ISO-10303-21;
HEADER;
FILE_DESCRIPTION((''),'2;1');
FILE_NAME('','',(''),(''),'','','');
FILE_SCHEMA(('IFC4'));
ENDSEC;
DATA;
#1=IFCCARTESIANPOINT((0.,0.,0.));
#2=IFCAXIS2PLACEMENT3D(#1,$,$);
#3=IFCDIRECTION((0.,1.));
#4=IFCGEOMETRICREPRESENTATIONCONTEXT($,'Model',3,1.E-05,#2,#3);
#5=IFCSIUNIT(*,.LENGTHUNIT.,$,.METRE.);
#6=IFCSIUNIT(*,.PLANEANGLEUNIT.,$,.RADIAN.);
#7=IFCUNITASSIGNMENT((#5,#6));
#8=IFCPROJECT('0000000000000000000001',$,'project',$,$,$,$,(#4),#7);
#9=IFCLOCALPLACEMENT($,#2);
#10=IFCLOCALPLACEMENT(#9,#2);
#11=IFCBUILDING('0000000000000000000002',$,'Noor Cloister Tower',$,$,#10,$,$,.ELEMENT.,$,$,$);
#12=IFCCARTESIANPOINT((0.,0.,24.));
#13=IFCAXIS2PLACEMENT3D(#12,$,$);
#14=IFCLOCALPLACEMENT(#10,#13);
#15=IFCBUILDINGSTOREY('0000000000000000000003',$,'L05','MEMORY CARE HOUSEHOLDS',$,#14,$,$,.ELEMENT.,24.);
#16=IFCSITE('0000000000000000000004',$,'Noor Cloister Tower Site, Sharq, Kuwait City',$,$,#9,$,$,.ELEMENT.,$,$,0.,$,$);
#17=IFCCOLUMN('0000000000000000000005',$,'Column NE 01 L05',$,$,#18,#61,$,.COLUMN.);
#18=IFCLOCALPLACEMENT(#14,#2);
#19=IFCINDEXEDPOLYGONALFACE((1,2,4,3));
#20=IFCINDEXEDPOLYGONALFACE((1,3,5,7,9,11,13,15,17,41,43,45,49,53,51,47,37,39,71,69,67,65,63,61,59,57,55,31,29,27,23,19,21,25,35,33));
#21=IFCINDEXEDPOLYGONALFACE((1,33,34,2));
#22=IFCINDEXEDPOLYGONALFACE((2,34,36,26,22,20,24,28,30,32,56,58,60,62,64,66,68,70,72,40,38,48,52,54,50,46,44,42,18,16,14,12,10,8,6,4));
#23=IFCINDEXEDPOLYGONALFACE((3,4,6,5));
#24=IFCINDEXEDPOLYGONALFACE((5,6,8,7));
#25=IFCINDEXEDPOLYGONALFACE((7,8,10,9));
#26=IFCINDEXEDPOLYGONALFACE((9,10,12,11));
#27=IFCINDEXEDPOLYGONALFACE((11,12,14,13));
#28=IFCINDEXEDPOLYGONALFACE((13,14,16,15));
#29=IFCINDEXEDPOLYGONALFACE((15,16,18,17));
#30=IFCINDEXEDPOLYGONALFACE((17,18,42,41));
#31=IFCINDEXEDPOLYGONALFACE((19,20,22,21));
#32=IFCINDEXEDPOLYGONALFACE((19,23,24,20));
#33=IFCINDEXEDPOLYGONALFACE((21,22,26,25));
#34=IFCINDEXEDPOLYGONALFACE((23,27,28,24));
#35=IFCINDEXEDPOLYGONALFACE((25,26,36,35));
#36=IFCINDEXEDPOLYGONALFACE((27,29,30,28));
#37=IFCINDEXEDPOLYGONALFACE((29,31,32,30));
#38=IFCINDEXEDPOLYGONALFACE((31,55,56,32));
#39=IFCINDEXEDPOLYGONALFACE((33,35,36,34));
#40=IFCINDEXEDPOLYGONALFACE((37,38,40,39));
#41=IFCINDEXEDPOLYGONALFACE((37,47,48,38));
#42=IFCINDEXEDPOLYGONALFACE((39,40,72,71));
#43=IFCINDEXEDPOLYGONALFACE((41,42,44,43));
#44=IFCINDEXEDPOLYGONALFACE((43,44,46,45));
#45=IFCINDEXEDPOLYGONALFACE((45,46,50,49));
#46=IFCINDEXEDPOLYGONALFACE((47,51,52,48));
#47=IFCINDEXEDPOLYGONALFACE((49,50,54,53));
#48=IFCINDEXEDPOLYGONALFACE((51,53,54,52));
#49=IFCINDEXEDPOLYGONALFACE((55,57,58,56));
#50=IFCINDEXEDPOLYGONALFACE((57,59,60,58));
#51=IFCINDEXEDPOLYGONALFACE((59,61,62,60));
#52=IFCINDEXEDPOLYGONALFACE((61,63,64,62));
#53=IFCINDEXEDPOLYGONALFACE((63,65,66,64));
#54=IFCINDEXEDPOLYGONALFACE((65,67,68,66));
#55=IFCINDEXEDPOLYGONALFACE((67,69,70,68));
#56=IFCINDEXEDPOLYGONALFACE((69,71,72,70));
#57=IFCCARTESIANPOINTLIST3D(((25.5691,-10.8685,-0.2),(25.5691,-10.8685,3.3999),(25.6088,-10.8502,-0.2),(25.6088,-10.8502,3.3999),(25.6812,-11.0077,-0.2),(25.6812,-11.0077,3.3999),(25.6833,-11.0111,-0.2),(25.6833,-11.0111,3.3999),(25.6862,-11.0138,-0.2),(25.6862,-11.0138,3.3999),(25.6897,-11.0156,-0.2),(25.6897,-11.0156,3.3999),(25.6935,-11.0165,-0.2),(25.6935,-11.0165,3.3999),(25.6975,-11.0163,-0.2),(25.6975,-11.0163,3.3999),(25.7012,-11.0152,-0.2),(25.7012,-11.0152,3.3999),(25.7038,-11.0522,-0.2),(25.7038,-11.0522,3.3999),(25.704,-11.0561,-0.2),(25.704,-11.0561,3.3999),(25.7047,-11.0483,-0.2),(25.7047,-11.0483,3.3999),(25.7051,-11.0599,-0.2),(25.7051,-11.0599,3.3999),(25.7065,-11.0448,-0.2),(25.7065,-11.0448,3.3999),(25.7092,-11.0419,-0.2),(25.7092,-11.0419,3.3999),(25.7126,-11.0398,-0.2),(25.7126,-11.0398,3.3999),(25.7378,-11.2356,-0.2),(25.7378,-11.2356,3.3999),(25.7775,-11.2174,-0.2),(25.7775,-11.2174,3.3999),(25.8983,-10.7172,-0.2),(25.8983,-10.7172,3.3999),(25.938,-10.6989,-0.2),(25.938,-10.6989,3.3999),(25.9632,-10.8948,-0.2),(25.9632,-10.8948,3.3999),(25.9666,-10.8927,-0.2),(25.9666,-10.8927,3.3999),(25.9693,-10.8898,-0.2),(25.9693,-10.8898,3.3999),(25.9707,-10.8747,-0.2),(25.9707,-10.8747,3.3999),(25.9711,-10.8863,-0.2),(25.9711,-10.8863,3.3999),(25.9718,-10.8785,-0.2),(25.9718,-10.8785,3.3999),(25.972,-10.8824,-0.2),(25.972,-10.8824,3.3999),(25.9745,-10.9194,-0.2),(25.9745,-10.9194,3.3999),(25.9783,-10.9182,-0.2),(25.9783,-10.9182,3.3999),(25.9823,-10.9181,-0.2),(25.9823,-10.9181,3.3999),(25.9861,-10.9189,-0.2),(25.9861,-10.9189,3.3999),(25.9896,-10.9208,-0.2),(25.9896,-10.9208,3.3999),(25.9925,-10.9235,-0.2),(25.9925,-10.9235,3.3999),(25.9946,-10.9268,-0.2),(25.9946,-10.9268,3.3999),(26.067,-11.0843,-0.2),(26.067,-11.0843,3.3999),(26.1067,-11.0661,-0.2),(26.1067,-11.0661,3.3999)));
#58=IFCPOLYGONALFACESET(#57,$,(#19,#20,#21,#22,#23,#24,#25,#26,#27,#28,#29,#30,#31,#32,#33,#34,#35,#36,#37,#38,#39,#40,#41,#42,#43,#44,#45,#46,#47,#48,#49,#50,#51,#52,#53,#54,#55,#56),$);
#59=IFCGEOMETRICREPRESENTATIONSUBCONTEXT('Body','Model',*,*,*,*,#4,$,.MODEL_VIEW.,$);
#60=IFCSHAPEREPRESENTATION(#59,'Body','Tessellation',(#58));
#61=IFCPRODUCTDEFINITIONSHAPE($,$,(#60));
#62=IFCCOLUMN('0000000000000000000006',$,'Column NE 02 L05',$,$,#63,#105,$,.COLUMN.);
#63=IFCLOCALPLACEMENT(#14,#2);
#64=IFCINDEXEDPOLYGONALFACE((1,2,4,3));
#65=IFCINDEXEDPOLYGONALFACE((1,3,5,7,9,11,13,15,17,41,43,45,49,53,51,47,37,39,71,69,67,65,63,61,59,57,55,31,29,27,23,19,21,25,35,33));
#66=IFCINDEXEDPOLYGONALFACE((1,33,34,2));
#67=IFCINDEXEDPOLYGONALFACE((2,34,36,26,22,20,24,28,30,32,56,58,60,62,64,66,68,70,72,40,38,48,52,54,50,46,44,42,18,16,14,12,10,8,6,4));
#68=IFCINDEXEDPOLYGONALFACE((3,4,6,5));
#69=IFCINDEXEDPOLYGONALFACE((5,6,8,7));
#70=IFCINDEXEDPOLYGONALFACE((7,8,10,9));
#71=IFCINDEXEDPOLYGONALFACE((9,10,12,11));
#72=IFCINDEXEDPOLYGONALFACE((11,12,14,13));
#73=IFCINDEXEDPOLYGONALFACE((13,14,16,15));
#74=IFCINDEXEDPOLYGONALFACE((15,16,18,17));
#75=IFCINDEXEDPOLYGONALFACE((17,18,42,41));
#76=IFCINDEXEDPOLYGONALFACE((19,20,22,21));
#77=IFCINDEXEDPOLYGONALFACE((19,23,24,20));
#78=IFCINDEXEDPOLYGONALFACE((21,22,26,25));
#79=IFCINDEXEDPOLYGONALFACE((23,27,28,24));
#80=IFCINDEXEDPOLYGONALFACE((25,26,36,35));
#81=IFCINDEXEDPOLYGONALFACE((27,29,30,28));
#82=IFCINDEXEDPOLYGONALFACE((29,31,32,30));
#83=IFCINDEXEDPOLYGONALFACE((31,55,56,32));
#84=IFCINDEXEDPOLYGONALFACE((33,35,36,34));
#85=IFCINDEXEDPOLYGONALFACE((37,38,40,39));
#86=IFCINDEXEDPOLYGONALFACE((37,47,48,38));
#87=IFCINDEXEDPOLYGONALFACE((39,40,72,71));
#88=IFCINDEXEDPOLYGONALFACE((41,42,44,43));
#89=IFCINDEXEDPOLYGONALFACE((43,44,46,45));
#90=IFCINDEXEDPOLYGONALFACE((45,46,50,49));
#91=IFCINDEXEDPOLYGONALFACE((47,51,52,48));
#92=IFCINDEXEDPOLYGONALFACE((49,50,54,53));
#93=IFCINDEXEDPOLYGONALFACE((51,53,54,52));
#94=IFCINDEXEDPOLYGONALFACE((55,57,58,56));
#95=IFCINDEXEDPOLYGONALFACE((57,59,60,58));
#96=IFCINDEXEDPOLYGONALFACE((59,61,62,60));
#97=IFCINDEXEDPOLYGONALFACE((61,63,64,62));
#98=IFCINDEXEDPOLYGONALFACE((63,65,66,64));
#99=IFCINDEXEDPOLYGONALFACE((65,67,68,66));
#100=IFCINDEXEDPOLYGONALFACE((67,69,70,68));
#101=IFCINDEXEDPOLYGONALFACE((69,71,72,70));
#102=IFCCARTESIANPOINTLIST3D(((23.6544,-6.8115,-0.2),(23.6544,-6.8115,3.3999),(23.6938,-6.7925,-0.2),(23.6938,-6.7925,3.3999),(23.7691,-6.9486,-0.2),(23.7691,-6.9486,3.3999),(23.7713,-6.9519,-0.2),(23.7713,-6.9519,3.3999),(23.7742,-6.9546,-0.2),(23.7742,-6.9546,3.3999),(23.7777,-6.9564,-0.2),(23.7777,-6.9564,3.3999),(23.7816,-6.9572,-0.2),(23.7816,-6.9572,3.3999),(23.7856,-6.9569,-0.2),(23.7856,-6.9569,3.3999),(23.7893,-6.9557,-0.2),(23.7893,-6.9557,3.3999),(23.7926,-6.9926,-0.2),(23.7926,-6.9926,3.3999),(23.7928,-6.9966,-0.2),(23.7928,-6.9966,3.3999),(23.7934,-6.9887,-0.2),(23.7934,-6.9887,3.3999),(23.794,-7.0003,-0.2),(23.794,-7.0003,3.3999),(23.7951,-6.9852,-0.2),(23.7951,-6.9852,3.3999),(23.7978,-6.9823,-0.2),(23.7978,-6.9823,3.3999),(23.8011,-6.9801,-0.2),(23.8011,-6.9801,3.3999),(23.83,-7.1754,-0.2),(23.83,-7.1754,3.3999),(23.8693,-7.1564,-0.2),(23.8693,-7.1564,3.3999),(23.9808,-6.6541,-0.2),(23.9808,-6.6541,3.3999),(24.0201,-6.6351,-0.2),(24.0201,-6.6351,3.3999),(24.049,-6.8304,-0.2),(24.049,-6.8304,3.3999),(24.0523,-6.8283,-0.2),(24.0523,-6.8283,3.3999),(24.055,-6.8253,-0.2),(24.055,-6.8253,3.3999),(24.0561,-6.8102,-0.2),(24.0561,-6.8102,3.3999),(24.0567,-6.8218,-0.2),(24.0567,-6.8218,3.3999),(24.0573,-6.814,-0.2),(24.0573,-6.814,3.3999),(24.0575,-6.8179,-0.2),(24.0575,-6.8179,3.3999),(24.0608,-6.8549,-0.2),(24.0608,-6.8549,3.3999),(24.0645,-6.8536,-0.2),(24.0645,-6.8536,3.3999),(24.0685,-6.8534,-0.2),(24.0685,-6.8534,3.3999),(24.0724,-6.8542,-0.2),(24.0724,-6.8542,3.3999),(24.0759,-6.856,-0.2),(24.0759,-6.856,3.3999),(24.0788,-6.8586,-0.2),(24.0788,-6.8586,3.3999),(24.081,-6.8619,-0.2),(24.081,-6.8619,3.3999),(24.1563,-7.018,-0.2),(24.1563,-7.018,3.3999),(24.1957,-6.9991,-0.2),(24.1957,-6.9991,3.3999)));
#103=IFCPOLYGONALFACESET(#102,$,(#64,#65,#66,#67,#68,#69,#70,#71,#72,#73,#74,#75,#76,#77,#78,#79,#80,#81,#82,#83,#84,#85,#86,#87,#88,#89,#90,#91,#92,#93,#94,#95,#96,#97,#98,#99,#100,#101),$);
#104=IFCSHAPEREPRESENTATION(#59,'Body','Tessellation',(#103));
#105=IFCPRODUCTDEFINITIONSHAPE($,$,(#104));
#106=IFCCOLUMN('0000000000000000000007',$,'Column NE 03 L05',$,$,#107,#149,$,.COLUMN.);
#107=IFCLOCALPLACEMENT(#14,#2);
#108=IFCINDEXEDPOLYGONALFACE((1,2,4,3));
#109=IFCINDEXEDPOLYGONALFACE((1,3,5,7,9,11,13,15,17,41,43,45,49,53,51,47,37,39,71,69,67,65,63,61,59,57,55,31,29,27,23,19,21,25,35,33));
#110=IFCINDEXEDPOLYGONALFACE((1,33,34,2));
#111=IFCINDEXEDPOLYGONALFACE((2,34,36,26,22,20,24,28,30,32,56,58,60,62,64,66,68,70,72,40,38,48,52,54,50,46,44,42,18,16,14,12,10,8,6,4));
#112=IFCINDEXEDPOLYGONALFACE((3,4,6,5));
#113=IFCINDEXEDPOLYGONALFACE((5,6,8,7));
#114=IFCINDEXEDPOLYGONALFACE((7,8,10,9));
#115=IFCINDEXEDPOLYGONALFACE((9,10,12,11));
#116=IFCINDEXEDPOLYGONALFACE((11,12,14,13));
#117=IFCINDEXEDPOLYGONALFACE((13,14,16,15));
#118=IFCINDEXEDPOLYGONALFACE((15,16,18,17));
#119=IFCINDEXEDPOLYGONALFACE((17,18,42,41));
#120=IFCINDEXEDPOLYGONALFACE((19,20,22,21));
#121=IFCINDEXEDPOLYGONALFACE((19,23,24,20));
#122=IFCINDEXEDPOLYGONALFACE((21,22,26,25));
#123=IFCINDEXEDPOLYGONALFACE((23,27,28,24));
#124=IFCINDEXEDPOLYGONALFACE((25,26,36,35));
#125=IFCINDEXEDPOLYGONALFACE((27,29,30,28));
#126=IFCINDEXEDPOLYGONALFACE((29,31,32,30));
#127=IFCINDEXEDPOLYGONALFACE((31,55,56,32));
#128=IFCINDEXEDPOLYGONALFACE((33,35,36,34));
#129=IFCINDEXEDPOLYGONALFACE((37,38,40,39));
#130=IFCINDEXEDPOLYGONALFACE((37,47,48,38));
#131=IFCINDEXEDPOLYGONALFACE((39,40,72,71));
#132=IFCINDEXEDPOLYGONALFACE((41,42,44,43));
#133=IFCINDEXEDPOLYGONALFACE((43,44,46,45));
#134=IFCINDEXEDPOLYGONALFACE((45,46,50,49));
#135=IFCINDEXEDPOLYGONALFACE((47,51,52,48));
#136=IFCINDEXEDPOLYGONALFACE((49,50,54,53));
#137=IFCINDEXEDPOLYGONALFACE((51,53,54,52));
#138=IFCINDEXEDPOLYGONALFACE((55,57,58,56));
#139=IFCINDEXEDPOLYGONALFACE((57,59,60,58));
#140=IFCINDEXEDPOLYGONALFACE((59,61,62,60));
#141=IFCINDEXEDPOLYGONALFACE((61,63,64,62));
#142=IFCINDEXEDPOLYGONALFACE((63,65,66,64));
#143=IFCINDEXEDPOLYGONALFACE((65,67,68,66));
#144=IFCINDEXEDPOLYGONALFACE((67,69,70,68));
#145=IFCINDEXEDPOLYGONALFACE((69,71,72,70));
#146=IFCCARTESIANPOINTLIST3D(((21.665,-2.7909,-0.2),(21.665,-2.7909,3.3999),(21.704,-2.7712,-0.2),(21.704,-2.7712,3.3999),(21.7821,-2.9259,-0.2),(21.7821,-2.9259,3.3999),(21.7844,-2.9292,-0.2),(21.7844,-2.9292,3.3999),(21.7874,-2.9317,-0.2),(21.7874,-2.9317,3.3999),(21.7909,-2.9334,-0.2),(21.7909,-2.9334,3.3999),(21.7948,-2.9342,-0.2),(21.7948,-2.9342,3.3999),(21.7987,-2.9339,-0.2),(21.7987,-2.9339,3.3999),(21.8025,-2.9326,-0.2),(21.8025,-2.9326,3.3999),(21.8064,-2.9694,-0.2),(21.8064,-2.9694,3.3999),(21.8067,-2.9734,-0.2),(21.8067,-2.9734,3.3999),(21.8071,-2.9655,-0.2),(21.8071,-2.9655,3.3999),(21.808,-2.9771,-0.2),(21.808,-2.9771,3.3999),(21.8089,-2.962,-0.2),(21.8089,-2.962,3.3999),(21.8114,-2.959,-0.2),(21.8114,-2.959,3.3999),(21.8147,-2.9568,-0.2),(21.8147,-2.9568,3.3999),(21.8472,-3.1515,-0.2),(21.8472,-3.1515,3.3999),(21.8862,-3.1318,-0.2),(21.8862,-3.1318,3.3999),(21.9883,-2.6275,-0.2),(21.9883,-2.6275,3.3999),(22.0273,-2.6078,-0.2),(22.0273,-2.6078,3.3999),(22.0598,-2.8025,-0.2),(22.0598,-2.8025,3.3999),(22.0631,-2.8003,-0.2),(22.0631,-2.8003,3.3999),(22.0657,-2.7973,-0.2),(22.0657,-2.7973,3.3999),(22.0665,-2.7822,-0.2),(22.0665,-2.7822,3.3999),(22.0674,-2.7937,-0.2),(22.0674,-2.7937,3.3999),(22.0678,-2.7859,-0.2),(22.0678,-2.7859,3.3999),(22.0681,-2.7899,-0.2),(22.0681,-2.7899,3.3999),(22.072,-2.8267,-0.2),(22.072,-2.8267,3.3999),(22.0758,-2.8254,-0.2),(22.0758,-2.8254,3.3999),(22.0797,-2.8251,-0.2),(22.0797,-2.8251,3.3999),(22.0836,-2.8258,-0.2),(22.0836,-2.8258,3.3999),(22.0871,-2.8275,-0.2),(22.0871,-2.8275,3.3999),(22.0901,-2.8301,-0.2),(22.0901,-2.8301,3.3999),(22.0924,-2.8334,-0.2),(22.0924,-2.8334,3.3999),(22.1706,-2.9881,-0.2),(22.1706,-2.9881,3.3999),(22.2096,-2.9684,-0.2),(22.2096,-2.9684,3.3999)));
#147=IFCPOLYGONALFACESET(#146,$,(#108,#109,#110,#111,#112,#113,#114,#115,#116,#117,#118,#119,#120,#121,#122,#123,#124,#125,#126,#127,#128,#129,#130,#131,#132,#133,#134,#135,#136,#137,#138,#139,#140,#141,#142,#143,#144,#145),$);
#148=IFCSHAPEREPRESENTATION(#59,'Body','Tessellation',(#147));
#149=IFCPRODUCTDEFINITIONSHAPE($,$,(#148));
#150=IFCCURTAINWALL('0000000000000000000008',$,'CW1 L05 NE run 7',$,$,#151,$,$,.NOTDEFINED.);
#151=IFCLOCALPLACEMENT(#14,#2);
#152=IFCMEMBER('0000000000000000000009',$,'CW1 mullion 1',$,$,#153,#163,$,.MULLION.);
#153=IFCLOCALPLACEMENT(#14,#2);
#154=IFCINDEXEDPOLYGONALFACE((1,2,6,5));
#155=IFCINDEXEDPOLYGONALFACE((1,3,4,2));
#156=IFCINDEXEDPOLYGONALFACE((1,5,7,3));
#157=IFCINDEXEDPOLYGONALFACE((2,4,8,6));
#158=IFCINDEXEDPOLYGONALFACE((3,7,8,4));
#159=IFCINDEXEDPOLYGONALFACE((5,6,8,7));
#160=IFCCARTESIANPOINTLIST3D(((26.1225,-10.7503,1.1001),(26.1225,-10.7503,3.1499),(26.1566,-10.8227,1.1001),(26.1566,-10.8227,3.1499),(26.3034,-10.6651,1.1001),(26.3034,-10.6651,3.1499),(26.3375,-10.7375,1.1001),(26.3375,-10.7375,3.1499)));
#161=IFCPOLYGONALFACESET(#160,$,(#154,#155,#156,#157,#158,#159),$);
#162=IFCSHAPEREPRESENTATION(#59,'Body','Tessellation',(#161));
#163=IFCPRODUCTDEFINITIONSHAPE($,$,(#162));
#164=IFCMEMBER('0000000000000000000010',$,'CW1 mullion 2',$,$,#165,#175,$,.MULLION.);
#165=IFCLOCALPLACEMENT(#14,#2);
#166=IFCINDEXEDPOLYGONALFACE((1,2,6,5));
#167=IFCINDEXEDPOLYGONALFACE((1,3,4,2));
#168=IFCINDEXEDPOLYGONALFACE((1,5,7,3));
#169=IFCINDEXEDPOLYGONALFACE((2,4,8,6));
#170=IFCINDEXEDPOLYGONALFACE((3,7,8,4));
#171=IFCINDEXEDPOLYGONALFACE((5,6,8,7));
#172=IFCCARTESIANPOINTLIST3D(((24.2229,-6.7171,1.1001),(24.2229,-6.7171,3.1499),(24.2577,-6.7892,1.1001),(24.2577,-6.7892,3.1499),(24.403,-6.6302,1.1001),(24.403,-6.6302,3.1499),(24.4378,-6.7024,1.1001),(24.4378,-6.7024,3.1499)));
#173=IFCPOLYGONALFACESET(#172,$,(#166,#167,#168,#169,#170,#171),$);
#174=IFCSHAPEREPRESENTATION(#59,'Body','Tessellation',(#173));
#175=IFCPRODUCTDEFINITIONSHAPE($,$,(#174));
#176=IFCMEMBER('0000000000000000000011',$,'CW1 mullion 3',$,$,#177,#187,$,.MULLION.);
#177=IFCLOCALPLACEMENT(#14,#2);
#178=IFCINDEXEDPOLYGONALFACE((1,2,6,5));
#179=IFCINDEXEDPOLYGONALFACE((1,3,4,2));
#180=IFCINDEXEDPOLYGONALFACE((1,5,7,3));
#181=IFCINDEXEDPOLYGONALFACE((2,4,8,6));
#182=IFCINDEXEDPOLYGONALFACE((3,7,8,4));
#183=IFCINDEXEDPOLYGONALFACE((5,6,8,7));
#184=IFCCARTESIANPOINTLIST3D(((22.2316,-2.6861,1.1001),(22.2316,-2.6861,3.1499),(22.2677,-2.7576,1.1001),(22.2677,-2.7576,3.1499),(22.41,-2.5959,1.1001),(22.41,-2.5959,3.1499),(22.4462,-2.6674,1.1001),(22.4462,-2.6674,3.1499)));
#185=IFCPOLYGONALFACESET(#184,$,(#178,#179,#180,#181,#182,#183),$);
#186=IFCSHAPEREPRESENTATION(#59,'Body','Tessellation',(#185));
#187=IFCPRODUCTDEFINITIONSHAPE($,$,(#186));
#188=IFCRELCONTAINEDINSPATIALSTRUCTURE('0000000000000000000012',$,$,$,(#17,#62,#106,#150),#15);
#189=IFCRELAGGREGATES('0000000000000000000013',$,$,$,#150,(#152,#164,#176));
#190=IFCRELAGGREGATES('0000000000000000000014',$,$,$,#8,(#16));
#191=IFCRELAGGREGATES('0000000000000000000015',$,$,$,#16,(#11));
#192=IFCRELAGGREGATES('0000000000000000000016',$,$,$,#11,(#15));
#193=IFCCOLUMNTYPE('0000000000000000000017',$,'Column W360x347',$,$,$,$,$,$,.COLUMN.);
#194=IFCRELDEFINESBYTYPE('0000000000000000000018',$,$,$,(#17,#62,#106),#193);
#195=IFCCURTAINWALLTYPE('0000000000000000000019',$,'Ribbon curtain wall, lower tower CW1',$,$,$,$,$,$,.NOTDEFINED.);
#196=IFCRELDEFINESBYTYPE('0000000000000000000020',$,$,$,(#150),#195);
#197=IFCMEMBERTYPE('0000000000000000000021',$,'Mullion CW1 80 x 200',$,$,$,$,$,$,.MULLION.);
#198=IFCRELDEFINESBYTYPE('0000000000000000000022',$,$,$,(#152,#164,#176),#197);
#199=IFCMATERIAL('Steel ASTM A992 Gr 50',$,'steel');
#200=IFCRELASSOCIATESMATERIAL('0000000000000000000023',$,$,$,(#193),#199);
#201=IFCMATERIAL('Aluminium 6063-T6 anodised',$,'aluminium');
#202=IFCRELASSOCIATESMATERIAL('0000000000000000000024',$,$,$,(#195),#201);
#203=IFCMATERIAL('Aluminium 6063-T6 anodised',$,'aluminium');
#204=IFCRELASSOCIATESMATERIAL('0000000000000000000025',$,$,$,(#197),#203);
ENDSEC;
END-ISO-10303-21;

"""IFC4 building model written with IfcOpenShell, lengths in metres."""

from ifc_helpers import new_model, si_unit, direction, frame, origin, origin_2d, place, context, subcontext, project, spatial, rectangle, i_section, extrude, material, material_profile, profile_set, type_object, element, aggregate, save


model = new_model("IFC4")

# Units and contexts
model_context = context("Model", 3, precision=1e-05, world=origin(), true_north=direction((0.0, 1.0)))
body_context = subcontext(model_context, "Body", "Model", "MODEL_VIEW")
ifc_project = project(units=[si_unit("LENGTHUNIT", "METRE"), si_unit("PLANEANGLEUNIT", "RADIAN")], contexts=[model_context])

# Site, building, storey
site_placement = place(None, origin())
site = spatial("IfcSite", under=ifc_project, at=site_placement, Name="Noor Cloister Tower Site, Sharq, Kuwait City", CompositionType="ELEMENT", RefElevation=0.0)
building_placement = place(site_placement, origin())
building = spatial("IfcBuilding", under=site, at=building_placement, Name="Noor Cloister Tower", CompositionType="ELEMENT")
storey_placement = place(building_placement, frame((0.0, 0.0, 24.0)))
storey = spatial("IfcBuildingStorey", under=building, at=storey_placement, Name="L05", Description="MEMORY CARE HOUSEHOLDS", CompositionType="ELEMENT", Elevation=24.0)

# Columns
ifc_material_1 = material(Name="Steel ASTM A992 Gr 50", Category="steel")
ifc_material_profile_1 = material_profile(ifc_material_1, i_section(OverallWidth=0.4041, OverallDepth=0.406, WebThickness=0.0271, FlangeThickness=0.0437, FilletRadius=0.0151, at=origin_2d()), Name="W360x347")
ifc_profile_set_1 = profile_set([ifc_material_profile_1], Name="Steel ASTM A992 Gr 50")
column_type = type_object("IfcColumnType", Name="Column W360x347", PredefinedType="COLUMN", material=ifc_profile_set_1)
for number, where, z_axis, x_axis, name in (
    (1, (25.8379, -10.9673, -0.2), (0.0, 0.0, 1.0), (-0.417624, 0.90862, 0.0), "Column NE 01 L05"),
    (2, (23.925, -6.9053, -0.2), (0.0, 0.0, 1.0), (-0.43441, 0.900715, 0.0), "Column NE 02 L05"),
    (3, (21.9373, -2.8796, -0.2), (0.0, 0.0, 1.0), (-0.451046, 0.892501, 0.0), "Column NE 03 L05"),
):
    element("IfcColumn", number, at=place(storey_placement, frame(where, z_axis=z_axis, x_axis=x_axis)), inside=storey, type_object=column_type, Name=name, PredefinedType="COLUMN", context=body_context, shape_type="SweptSolid", body=[
        extrude(i_section(OverallWidth=0.4041, OverallDepth=0.406, WebThickness=0.0271, FlangeThickness=0.0437, FilletRadius=0.0151, at=origin_2d()), origin(), (0.0, 0.0, 1.0), 3.5999),
    ])

# Curtain wall, members
ifc_material_2 = material(Name="Aluminium 6063-T6 anodised", Category="aluminium")
curtain_wall_type = type_object("IfcCurtainWallType", Name="Ribbon curtain wall, lower tower CW1", PredefinedType="NOTDEFINED", material=ifc_material_2)
curtain_wall_placement = place(storey_placement, origin())
curtain_wall = element("IfcCurtainWall", 4, at=curtain_wall_placement, inside=storey, type_object=curtain_wall_type, Name="CW1 L05 NE run 7", PredefinedType="NOTDEFINED")
ifc_material_3 = material(Name="Aluminium 6063-T6 anodised", Category="aluminium")
ifc_material_profile_2 = material_profile(ifc_material_3, rectangle(XDim=0.2, YDim=0.0801, at=origin_2d()), Name="200 x 80 mullion")
ifc_profile_set_2 = profile_set([ifc_material_profile_2], Name="Aluminium 6063-T6 anodised")
member_type = type_object("IfcMemberType", Name="Mullion CW1 80 x 200", PredefinedType="MULLION", material=ifc_profile_set_2)
member_1_placement = place(storey_placement, frame((26.23, -10.7439, 1.1001), z_axis=(0.0, 0.0, 1.0), x_axis=(-0.904706, -0.426036, 0.0)))
member_1 = element("IfcMember", 5, at=member_1_placement, type_object=member_type, Name="CW1 mullion 1", PredefinedType="MULLION", context=body_context, shape_type="SweptSolid", body=[
    extrude(rectangle(XDim=0.2, YDim=0.0801, at=origin_2d()), origin(), (0.0, 0.0, 1.0), 2.0498),
])
member_2_placement = place(storey_placement, frame((24.3303, -6.7097, 1.1001), z_axis=(0.0, 0.0, 1.0), x_axis=(-0.900715, -0.43441, 0.0)))
member_2 = element("IfcMember", 6, at=member_2_placement, type_object=member_type, Name="CW1 mullion 2", PredefinedType="MULLION", context=body_context, shape_type="SweptSolid", body=[
    extrude(rectangle(XDim=0.2, YDim=0.0801, at=origin_2d()), origin(), (0.0, 0.0, 1.0), 2.0498),
])
member_3_placement = place(storey_placement, frame((22.3389, -2.6768, 1.1001), z_axis=(0.0, 0.0, 1.0), x_axis=(-0.892501, -0.451046, 0.0)))
member_3 = element("IfcMember", 7, at=member_3_placement, type_object=member_type, Name="CW1 mullion 3", PredefinedType="MULLION", context=body_context, shape_type="SweptSolid", body=[
    extrude(rectangle(XDim=0.2, YDim=0.0801, at=origin_2d()), origin(), (0.0, 0.0, 1.0), 2.0498),
])

aggregate(curtain_wall, [member_1, member_2, member_3])

save(model, "model.ifc")
